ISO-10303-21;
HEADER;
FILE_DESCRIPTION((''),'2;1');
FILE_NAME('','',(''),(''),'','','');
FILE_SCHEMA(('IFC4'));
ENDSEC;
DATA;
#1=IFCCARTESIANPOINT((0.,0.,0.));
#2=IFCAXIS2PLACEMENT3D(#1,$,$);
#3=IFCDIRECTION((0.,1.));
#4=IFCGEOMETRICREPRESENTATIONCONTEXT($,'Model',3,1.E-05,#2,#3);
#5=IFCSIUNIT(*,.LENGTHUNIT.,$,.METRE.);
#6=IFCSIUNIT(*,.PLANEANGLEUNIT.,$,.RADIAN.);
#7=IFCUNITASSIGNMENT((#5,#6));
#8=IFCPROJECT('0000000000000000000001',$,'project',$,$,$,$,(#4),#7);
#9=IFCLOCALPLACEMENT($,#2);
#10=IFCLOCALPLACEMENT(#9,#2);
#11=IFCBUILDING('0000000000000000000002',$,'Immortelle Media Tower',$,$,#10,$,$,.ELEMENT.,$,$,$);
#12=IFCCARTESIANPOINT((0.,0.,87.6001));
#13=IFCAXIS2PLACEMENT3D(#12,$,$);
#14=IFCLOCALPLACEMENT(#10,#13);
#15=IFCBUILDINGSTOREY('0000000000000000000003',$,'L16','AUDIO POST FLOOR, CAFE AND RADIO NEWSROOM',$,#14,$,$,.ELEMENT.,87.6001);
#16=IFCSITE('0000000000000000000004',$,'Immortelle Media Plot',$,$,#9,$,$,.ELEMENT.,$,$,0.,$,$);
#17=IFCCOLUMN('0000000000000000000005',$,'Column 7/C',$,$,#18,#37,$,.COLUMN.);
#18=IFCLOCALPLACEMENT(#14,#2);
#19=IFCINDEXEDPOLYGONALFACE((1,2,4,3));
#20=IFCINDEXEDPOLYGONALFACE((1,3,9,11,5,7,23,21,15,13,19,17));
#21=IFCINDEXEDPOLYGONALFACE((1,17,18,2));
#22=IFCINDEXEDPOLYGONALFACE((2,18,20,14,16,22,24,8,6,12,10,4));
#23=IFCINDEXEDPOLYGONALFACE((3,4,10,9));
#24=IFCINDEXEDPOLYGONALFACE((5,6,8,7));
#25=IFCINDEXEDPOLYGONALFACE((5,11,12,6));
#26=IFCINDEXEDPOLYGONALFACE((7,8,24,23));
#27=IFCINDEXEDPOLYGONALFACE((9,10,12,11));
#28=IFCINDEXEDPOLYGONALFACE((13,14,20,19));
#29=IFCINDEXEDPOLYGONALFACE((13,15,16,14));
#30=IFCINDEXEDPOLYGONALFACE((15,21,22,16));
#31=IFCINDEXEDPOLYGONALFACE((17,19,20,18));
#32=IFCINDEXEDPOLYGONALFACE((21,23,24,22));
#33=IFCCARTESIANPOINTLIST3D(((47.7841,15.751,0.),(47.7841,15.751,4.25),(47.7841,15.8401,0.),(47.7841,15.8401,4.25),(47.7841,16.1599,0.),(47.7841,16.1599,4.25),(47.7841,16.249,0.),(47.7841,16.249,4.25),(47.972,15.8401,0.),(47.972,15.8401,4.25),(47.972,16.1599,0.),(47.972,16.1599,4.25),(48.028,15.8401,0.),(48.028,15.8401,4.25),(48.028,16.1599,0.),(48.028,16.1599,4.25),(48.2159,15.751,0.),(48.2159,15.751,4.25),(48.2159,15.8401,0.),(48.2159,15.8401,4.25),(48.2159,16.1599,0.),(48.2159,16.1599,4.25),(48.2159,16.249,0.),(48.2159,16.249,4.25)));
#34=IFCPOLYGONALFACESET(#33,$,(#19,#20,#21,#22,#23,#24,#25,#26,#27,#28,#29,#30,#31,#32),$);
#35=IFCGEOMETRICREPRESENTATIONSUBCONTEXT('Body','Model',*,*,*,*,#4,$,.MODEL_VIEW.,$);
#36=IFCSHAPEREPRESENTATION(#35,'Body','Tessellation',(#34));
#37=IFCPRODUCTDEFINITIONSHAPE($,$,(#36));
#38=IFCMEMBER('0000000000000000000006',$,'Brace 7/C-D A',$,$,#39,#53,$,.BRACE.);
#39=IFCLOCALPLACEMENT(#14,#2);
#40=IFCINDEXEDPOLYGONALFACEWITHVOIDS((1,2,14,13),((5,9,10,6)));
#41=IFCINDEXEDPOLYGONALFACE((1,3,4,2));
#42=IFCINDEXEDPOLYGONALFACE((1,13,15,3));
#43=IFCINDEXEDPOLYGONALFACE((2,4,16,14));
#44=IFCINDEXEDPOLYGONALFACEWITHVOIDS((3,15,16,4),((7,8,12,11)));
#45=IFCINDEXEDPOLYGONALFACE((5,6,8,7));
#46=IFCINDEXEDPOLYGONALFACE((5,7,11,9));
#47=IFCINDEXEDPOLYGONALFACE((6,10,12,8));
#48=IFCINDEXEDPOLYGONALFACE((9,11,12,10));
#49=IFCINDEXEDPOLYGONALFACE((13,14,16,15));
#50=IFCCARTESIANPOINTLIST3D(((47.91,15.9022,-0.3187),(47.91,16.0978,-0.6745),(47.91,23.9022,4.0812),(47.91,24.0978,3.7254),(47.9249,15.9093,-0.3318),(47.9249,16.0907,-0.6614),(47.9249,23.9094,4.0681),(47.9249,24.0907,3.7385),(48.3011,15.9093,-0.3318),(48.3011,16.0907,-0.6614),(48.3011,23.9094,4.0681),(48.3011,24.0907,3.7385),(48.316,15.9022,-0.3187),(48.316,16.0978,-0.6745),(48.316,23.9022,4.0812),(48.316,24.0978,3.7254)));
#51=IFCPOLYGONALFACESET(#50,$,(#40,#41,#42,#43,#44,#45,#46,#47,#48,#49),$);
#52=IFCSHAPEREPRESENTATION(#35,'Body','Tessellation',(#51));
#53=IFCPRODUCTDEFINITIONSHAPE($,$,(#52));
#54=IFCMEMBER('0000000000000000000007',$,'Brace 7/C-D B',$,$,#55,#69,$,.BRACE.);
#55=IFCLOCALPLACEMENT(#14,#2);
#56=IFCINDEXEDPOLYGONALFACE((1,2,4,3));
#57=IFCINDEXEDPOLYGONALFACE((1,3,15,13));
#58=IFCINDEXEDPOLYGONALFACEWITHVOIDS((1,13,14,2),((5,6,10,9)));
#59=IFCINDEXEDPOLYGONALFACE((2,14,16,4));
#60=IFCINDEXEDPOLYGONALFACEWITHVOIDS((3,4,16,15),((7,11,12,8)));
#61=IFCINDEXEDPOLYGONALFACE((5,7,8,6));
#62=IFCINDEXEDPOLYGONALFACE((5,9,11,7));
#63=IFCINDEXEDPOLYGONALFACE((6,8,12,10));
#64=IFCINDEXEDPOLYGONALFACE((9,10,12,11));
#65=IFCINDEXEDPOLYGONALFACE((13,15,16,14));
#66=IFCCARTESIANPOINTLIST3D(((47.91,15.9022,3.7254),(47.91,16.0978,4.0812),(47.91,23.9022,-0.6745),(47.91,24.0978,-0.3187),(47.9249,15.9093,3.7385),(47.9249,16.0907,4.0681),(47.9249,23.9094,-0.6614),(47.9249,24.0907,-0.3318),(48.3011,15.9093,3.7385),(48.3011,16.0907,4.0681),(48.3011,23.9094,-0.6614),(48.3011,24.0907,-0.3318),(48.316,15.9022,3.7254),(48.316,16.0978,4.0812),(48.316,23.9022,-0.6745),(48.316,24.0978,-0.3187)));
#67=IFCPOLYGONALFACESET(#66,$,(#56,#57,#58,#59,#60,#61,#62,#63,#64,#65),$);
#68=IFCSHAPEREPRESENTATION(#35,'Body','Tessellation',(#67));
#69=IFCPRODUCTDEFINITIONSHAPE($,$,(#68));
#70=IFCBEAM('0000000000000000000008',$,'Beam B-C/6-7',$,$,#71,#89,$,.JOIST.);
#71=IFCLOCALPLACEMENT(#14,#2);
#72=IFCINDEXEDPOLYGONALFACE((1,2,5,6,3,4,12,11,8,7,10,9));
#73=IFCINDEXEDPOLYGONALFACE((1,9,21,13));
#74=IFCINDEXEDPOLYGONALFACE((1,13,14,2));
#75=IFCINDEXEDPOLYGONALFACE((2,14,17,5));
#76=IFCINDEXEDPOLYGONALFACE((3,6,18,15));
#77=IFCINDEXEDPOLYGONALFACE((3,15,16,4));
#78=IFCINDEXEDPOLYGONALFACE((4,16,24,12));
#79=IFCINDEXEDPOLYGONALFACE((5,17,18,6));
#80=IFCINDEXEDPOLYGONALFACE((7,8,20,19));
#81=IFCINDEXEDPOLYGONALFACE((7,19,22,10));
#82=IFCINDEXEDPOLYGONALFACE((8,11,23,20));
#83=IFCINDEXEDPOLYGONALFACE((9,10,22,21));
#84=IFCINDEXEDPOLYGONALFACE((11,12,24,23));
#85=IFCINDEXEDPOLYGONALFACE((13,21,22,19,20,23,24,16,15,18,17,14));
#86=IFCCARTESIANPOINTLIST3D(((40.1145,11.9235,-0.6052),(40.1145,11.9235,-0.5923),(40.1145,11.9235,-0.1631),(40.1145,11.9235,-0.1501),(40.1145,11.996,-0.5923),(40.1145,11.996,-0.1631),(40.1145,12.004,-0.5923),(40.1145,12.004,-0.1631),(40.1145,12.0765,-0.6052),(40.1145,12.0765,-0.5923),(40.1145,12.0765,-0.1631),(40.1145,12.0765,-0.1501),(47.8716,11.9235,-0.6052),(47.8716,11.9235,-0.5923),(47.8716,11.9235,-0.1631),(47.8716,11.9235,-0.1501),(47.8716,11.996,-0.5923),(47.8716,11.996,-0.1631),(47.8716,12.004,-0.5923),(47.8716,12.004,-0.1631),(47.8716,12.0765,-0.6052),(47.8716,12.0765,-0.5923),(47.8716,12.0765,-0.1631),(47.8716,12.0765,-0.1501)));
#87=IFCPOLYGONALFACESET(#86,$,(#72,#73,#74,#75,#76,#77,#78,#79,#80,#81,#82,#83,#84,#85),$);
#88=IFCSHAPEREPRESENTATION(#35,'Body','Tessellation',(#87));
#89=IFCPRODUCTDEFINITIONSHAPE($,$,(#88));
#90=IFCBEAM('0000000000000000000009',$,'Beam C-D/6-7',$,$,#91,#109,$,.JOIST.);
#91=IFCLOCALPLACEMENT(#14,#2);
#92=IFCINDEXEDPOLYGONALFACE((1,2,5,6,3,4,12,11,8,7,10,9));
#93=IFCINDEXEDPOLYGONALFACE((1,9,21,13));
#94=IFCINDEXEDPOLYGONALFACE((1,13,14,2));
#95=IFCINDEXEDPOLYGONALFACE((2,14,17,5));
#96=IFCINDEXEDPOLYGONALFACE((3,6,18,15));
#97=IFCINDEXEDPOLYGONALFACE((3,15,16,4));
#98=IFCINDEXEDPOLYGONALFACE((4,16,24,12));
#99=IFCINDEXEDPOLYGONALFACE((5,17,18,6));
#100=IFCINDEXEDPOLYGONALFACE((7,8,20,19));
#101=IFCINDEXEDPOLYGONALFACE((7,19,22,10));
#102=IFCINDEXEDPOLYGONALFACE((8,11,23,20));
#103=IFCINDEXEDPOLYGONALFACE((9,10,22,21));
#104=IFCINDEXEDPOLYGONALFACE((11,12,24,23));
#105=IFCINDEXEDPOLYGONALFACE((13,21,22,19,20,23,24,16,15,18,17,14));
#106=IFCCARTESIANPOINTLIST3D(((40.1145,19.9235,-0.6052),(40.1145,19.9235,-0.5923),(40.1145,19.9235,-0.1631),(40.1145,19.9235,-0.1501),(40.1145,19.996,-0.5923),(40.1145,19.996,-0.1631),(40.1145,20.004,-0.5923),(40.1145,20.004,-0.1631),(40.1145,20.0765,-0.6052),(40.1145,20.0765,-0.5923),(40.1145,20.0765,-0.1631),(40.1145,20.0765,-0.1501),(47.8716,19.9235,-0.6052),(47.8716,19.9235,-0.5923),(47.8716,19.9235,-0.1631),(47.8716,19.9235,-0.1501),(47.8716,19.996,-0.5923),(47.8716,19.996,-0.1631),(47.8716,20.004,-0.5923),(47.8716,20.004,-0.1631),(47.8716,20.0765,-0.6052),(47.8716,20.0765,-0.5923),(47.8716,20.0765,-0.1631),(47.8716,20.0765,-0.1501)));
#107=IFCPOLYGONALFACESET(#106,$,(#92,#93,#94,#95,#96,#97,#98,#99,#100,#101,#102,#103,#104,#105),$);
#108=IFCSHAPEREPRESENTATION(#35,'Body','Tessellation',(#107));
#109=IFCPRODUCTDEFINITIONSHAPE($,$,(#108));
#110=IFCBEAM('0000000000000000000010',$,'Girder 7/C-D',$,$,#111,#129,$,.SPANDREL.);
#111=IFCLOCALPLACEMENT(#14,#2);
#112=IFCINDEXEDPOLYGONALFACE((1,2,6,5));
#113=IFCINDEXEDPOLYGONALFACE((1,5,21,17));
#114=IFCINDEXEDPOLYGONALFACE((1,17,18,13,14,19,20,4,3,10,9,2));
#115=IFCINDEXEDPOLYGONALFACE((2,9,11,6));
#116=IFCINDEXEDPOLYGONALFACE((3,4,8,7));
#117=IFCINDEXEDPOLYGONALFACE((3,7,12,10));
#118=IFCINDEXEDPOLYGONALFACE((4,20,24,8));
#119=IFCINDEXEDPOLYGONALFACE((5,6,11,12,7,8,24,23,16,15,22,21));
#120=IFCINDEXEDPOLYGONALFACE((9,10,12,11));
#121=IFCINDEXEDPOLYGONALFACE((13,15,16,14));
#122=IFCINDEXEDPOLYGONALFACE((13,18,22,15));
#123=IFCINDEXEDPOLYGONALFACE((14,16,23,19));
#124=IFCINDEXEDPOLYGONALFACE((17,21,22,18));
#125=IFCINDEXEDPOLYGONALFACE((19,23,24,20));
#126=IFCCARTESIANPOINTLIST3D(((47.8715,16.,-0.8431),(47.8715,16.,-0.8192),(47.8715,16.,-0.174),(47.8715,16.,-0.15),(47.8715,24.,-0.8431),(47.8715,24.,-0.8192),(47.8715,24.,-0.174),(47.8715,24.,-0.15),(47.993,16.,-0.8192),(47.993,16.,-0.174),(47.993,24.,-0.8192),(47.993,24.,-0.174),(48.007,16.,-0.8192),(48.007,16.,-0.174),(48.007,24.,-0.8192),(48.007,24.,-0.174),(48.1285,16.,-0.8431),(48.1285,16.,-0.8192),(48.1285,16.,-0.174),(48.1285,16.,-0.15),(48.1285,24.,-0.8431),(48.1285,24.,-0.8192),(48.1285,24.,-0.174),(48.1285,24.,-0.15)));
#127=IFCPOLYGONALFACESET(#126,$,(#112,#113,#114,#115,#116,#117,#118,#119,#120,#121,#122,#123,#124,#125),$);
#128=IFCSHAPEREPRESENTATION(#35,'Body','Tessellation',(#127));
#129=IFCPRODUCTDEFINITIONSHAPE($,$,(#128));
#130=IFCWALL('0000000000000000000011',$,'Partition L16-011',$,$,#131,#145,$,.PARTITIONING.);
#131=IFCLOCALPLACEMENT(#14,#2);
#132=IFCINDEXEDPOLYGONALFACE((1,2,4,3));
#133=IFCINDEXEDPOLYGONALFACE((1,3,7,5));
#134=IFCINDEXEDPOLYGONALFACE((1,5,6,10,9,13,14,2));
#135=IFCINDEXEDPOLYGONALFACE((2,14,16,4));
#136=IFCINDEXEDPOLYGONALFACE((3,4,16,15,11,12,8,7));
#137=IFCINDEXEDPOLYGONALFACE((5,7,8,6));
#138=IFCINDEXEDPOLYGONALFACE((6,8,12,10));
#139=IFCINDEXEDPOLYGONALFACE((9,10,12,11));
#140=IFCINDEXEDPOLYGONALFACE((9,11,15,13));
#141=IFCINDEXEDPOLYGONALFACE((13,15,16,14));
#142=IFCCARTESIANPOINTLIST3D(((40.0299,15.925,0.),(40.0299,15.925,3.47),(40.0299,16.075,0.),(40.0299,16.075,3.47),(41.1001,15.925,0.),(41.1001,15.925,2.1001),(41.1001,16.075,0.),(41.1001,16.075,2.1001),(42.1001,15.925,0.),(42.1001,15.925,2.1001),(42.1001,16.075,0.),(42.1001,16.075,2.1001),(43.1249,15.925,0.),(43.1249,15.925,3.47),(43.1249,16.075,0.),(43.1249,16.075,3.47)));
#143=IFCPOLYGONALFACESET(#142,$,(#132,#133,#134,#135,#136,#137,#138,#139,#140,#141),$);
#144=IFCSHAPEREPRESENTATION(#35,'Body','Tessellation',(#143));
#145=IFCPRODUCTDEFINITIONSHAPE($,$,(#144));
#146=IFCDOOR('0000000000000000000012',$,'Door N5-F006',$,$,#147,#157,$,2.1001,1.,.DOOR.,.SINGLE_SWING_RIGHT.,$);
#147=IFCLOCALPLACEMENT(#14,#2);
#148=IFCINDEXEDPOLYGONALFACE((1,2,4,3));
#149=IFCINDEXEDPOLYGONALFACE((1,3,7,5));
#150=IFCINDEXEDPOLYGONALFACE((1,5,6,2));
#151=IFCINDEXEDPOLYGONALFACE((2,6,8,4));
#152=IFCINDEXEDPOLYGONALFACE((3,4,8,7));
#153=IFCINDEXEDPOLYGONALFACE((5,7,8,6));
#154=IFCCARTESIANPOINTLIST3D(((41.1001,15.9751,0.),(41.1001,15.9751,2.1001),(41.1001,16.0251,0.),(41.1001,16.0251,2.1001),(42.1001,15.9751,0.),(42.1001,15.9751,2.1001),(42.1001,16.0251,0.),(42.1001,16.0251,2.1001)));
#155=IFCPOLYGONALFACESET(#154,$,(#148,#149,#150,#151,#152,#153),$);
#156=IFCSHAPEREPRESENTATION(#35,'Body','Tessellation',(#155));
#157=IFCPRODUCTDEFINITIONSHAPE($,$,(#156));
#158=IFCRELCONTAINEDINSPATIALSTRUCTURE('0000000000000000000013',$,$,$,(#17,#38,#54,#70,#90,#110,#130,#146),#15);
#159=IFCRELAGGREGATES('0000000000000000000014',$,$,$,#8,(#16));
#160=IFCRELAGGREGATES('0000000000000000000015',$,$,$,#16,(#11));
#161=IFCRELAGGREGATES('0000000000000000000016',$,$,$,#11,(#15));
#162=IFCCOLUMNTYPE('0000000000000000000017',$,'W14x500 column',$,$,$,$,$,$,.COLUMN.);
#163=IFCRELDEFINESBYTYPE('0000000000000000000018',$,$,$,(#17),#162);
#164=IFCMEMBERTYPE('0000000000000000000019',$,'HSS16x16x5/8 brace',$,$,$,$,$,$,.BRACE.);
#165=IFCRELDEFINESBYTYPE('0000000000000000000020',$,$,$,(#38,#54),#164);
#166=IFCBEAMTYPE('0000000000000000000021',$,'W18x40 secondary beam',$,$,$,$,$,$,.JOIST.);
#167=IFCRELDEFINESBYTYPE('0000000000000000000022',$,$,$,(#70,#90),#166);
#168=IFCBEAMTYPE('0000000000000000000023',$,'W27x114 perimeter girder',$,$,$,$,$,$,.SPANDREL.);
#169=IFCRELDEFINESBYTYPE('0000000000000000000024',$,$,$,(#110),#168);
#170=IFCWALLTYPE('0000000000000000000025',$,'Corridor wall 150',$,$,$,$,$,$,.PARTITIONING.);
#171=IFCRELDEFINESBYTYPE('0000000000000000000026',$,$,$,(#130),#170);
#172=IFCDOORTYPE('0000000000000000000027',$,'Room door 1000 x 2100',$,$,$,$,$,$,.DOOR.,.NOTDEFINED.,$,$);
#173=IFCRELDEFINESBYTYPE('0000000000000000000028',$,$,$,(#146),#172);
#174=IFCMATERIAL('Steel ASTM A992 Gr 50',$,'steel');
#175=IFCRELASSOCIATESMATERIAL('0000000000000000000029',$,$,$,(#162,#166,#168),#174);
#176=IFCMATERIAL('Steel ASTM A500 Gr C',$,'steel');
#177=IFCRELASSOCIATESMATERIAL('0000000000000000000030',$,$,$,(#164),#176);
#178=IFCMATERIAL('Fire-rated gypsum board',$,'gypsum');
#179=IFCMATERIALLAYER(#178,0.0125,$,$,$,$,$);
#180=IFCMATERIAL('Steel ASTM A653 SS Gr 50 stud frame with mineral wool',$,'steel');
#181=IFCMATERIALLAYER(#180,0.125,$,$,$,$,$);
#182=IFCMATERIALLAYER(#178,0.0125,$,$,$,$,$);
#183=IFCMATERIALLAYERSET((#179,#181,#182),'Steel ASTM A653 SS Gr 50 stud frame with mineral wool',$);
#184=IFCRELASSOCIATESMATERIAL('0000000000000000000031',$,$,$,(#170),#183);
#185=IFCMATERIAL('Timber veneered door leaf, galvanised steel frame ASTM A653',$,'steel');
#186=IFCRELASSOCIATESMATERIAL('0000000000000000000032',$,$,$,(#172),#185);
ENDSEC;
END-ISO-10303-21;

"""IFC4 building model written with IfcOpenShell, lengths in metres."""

from ifc_helpers import new_model, si_unit, direction, frame, frame_2d, origin, origin_2d, place, context, subcontext, project, spatial, rectangle, hollow_rectangle, i_section, extrude, material, layer, layer_set, material_profile, profile_set, type_object, element, fill, save


model = new_model("IFC4")

# Units and contexts
model_context = context("Model", 3, precision=1e-05, world=origin(), true_north=direction((0.0, 1.0)))
body_context = subcontext(model_context, "Body", "Model", "MODEL_VIEW")
ifc_project = project(units=[si_unit("LENGTHUNIT", "METRE"), si_unit("PLANEANGLEUNIT", "RADIAN")], contexts=[model_context])

# Site, building, storey
site_placement = place(None, origin())
site = spatial("IfcSite", under=ifc_project, at=site_placement, Name="Immortelle Media Plot", CompositionType="ELEMENT", RefElevation=0.0)
building_placement = place(site_placement, origin())
building = spatial("IfcBuilding", under=site, at=building_placement, Name="Immortelle Media Tower", CompositionType="ELEMENT")
storey_placement = place(building_placement, frame((0.0, 0.0, 87.6001)))
storey = spatial("IfcBuildingStorey", under=building, at=storey_placement, Name="L16", Description="AUDIO POST FLOOR, CAFE AND RADIO NEWSROOM", CompositionType="ELEMENT", Elevation=87.6001)

# Column
ifc_material_1 = material(Name="Steel ASTM A992 Gr 50", Category="steel")
ifc_material_profile_1 = material_profile(ifc_material_1, i_section(OverallWidth=0.4319, OverallDepth=0.498, WebThickness=0.0559, FlangeThickness=0.0891, at=origin_2d()), Name="W14x500")
ifc_profile_set_1 = profile_set([ifc_material_profile_1], Name="Steel ASTM A992 Gr 50")
column_type = type_object("IfcColumnType", Name="W14x500 column", PredefinedType="COLUMN", material=ifc_profile_set_1)
column_placement = place(storey_placement, frame((48.0, 16.0, 0.0), z_axis=(0.0, 0.0, 1.0), x_axis=(1.0, 0.0, 0.0)))
element("IfcColumn", 1, at=column_placement, inside=storey, type_object=column_type, Name="Column 7/C", PredefinedType="COLUMN", context=body_context, shape_type="SweptSolid", body=[
    extrude(i_section(OverallWidth=0.4319, OverallDepth=0.498, WebThickness=0.0559, FlangeThickness=0.0891, at=origin_2d()), origin(), (0.0, 0.0, 1.0), 4.25),
])

# Members
ifc_material_2 = material(Name="Steel ASTM A500 Gr C", Category="steel")
ifc_material_profile_2 = material_profile(ifc_material_2, hollow_rectangle(XDim=0.406, YDim=0.406, WallThickness=0.0149, at=origin_2d()), Name="HSS16x16x5/8 brace")
ifc_profile_set_2 = profile_set([ifc_material_profile_2], Name="Steel ASTM A500 Gr C")
member_type = type_object("IfcMemberType", Name="HSS16x16x5/8 brace", PredefinedType="BRACE", material=ifc_profile_set_2)
for number, where, z_axis, x_axis, name in (
    (2, (48.113, 16.0, -0.4966), (0.0, 0.87622, 0.481911), (-1.0, 0.0, 0.0), "Brace 7/C-D A"),
    (3, (48.113, 16.0, 3.9033), (0.0, 0.87622, -0.481911), (-1.0, 0.0, 0.0), "Brace 7/C-D B"),
):
    element("IfcMember", number, at=place(storey_placement, frame(where, z_axis=z_axis, x_axis=x_axis)), inside=storey, type_object=member_type, Name=name, PredefinedType="BRACE", context=body_context, shape_type="SweptSolid", body=[
        extrude(hollow_rectangle(XDim=0.406, YDim=0.406, WallThickness=0.0149, at=origin_2d()), origin(), (0.0, 0.0, 1.0), 9.1301),
    ])

# Beams
ifc_material_profile_3 = material_profile(ifc_material_1, i_section(OverallWidth=0.1531, OverallDepth=0.4551, WebThickness=0.0081, FlangeThickness=0.0129, at=origin_2d()), Name="W18x40")
ifc_profile_set_3 = profile_set([ifc_material_profile_3], Name="Steel ASTM A992 Gr 50")
beam_type_1 = type_object("IfcBeamType", Name="W18x40 secondary beam", PredefinedType="JOIST", material=ifc_profile_set_3)
for number, where, z_axis, x_axis, name in (
    (4, (40.1145, 12.0, -0.3777), (1.0, 0.0, 0.0), (0.0, 1.0, 0.0), "Beam B-C/6-7"),
    (5, (40.1145, 20.0, -0.3777), (1.0, 0.0, 0.0), (0.0, 1.0, 0.0), "Beam C-D/6-7"),
):
    element("IfcBeam", number, at=place(storey_placement, frame(where, z_axis=z_axis, x_axis=x_axis)), inside=storey, type_object=beam_type_1, Name=name, PredefinedType="JOIST", context=body_context, shape_type="SweptSolid", body=[
        extrude(i_section(OverallWidth=0.1531, OverallDepth=0.4551, WebThickness=0.0081, FlangeThickness=0.0129, at=origin_2d()), origin(), (0.0, 0.0, 1.0), 7.7571),
    ])
ifc_material_profile_4 = material_profile(ifc_material_1, i_section(OverallWidth=0.2571, OverallDepth=0.6931, WebThickness=0.0139, FlangeThickness=0.0239, at=origin_2d()), Name="W27x114")
ifc_profile_set_4 = profile_set([ifc_material_profile_4], Name="Steel ASTM A992 Gr 50")
beam_type_2 = type_object("IfcBeamType", Name="W27x114 perimeter girder", PredefinedType="SPANDREL", material=ifc_profile_set_4)
beam_placement = place(storey_placement, frame((48.0, 16.0, -0.4966), z_axis=(0.0, 1.0, 0.0), x_axis=(-1.0, 0.0, 0.0)))
element("IfcBeam", 6, at=beam_placement, inside=storey, type_object=beam_type_2, Name="Girder 7/C-D", PredefinedType="SPANDREL", context=body_context, shape_type="SweptSolid", body=[
    extrude(i_section(OverallWidth=0.2571, OverallDepth=0.6931, WebThickness=0.0139, FlangeThickness=0.0239, at=origin_2d()), origin(), (0.0, 0.0, 1.0), 8.0),
])

# Wall, opening, door
ifc_material_3 = material(Name="Fire-rated gypsum board", Category="gypsum")
ifc_layer_1 = layer(ifc_material_3, 0.0125)
ifc_material_4 = material(Name="Steel ASTM A653 SS Gr 50 stud frame with mineral wool", Category="steel")
ifc_layer_2 = layer(ifc_material_4, 0.125)
ifc_layer_3 = layer(ifc_material_3, 0.0125)
ifc_layer_set_1 = layer_set([ifc_layer_1, ifc_layer_2, ifc_layer_3], Name="Steel ASTM A653 SS Gr 50 stud frame with mineral wool")
wall_type_1 = type_object("IfcWallType", Name="Corridor wall 150", PredefinedType="PARTITIONING", material=ifc_layer_set_1)
wall_1_placement = place(storey_placement, frame((40.03, 16.0, 0.0), z_axis=(0.0, 0.0, 1.0), x_axis=(1.0, 0.0, 0.0)))
wall_1 = element("IfcWall", 7, at=wall_1_placement, inside=storey, type_object=wall_type_1, Name="Partition L16-011", PredefinedType="PARTITIONING", context=body_context, shape_type="SweptSolid", body=[
    extrude(rectangle(XDim=3.095, YDim=0.1499, at=frame_2d((1.5474, 0.0))), origin(), (0.0, 0.0, 1.0), 3.47),
])
opening_1_placement = place(wall_1_placement, frame((2.0701, 0.0, 0.0), z_axis=(0.0, 0.0, 1.0), x_axis=(-1.0, 0.0, 0.0)))
opening_1 = element("IfcOpeningElement", 8, at=opening_1_placement, cuts=wall_1, PredefinedType="OPENING", context=body_context, shape_type="SweptSolid", body=[
    extrude(rectangle(XDim=1.0, YDim=2.1001, at=frame_2d((0.5, 1.05))), frame((0.0, 0.085, 0.0), z_axis=(0.0, -1.0, 0.0), x_axis=(1.0, 0.0, 0.0)), (0.0, 0.0, 1.0), 0.1699),
])
ifc_material_5 = material(Name="Timber veneered door leaf, galvanised steel frame ASTM A653", Category="steel")
door_type = type_object("IfcDoorType", Name="Room door 1000 x 2100", OperationType="NOTDEFINED", PredefinedType="DOOR", material=ifc_material_5)
door_1_placement = place(opening_1_placement, origin())
door_1 = element("IfcDoor", 9, at=door_1_placement, inside=storey, type_object=door_type, Name="Door N5-F006", OperationType="SINGLE_SWING_RIGHT", OverallHeight=2.1001, OverallWidth=1.0, PredefinedType="DOOR", context=body_context, shape_type="SweptSolid", body=[
    extrude(rectangle(XDim=1.0, YDim=2.1001, at=frame_2d((0.5, 1.05))), frame((0.0, 0.0249, 0.0), z_axis=(0.0, -1.0, 0.0), x_axis=(1.0, 0.0, 0.0)), (0.0, 0.0, 1.0), 0.05),
])
fill(opening_1, door_1)

save(model, "model.ifc")
